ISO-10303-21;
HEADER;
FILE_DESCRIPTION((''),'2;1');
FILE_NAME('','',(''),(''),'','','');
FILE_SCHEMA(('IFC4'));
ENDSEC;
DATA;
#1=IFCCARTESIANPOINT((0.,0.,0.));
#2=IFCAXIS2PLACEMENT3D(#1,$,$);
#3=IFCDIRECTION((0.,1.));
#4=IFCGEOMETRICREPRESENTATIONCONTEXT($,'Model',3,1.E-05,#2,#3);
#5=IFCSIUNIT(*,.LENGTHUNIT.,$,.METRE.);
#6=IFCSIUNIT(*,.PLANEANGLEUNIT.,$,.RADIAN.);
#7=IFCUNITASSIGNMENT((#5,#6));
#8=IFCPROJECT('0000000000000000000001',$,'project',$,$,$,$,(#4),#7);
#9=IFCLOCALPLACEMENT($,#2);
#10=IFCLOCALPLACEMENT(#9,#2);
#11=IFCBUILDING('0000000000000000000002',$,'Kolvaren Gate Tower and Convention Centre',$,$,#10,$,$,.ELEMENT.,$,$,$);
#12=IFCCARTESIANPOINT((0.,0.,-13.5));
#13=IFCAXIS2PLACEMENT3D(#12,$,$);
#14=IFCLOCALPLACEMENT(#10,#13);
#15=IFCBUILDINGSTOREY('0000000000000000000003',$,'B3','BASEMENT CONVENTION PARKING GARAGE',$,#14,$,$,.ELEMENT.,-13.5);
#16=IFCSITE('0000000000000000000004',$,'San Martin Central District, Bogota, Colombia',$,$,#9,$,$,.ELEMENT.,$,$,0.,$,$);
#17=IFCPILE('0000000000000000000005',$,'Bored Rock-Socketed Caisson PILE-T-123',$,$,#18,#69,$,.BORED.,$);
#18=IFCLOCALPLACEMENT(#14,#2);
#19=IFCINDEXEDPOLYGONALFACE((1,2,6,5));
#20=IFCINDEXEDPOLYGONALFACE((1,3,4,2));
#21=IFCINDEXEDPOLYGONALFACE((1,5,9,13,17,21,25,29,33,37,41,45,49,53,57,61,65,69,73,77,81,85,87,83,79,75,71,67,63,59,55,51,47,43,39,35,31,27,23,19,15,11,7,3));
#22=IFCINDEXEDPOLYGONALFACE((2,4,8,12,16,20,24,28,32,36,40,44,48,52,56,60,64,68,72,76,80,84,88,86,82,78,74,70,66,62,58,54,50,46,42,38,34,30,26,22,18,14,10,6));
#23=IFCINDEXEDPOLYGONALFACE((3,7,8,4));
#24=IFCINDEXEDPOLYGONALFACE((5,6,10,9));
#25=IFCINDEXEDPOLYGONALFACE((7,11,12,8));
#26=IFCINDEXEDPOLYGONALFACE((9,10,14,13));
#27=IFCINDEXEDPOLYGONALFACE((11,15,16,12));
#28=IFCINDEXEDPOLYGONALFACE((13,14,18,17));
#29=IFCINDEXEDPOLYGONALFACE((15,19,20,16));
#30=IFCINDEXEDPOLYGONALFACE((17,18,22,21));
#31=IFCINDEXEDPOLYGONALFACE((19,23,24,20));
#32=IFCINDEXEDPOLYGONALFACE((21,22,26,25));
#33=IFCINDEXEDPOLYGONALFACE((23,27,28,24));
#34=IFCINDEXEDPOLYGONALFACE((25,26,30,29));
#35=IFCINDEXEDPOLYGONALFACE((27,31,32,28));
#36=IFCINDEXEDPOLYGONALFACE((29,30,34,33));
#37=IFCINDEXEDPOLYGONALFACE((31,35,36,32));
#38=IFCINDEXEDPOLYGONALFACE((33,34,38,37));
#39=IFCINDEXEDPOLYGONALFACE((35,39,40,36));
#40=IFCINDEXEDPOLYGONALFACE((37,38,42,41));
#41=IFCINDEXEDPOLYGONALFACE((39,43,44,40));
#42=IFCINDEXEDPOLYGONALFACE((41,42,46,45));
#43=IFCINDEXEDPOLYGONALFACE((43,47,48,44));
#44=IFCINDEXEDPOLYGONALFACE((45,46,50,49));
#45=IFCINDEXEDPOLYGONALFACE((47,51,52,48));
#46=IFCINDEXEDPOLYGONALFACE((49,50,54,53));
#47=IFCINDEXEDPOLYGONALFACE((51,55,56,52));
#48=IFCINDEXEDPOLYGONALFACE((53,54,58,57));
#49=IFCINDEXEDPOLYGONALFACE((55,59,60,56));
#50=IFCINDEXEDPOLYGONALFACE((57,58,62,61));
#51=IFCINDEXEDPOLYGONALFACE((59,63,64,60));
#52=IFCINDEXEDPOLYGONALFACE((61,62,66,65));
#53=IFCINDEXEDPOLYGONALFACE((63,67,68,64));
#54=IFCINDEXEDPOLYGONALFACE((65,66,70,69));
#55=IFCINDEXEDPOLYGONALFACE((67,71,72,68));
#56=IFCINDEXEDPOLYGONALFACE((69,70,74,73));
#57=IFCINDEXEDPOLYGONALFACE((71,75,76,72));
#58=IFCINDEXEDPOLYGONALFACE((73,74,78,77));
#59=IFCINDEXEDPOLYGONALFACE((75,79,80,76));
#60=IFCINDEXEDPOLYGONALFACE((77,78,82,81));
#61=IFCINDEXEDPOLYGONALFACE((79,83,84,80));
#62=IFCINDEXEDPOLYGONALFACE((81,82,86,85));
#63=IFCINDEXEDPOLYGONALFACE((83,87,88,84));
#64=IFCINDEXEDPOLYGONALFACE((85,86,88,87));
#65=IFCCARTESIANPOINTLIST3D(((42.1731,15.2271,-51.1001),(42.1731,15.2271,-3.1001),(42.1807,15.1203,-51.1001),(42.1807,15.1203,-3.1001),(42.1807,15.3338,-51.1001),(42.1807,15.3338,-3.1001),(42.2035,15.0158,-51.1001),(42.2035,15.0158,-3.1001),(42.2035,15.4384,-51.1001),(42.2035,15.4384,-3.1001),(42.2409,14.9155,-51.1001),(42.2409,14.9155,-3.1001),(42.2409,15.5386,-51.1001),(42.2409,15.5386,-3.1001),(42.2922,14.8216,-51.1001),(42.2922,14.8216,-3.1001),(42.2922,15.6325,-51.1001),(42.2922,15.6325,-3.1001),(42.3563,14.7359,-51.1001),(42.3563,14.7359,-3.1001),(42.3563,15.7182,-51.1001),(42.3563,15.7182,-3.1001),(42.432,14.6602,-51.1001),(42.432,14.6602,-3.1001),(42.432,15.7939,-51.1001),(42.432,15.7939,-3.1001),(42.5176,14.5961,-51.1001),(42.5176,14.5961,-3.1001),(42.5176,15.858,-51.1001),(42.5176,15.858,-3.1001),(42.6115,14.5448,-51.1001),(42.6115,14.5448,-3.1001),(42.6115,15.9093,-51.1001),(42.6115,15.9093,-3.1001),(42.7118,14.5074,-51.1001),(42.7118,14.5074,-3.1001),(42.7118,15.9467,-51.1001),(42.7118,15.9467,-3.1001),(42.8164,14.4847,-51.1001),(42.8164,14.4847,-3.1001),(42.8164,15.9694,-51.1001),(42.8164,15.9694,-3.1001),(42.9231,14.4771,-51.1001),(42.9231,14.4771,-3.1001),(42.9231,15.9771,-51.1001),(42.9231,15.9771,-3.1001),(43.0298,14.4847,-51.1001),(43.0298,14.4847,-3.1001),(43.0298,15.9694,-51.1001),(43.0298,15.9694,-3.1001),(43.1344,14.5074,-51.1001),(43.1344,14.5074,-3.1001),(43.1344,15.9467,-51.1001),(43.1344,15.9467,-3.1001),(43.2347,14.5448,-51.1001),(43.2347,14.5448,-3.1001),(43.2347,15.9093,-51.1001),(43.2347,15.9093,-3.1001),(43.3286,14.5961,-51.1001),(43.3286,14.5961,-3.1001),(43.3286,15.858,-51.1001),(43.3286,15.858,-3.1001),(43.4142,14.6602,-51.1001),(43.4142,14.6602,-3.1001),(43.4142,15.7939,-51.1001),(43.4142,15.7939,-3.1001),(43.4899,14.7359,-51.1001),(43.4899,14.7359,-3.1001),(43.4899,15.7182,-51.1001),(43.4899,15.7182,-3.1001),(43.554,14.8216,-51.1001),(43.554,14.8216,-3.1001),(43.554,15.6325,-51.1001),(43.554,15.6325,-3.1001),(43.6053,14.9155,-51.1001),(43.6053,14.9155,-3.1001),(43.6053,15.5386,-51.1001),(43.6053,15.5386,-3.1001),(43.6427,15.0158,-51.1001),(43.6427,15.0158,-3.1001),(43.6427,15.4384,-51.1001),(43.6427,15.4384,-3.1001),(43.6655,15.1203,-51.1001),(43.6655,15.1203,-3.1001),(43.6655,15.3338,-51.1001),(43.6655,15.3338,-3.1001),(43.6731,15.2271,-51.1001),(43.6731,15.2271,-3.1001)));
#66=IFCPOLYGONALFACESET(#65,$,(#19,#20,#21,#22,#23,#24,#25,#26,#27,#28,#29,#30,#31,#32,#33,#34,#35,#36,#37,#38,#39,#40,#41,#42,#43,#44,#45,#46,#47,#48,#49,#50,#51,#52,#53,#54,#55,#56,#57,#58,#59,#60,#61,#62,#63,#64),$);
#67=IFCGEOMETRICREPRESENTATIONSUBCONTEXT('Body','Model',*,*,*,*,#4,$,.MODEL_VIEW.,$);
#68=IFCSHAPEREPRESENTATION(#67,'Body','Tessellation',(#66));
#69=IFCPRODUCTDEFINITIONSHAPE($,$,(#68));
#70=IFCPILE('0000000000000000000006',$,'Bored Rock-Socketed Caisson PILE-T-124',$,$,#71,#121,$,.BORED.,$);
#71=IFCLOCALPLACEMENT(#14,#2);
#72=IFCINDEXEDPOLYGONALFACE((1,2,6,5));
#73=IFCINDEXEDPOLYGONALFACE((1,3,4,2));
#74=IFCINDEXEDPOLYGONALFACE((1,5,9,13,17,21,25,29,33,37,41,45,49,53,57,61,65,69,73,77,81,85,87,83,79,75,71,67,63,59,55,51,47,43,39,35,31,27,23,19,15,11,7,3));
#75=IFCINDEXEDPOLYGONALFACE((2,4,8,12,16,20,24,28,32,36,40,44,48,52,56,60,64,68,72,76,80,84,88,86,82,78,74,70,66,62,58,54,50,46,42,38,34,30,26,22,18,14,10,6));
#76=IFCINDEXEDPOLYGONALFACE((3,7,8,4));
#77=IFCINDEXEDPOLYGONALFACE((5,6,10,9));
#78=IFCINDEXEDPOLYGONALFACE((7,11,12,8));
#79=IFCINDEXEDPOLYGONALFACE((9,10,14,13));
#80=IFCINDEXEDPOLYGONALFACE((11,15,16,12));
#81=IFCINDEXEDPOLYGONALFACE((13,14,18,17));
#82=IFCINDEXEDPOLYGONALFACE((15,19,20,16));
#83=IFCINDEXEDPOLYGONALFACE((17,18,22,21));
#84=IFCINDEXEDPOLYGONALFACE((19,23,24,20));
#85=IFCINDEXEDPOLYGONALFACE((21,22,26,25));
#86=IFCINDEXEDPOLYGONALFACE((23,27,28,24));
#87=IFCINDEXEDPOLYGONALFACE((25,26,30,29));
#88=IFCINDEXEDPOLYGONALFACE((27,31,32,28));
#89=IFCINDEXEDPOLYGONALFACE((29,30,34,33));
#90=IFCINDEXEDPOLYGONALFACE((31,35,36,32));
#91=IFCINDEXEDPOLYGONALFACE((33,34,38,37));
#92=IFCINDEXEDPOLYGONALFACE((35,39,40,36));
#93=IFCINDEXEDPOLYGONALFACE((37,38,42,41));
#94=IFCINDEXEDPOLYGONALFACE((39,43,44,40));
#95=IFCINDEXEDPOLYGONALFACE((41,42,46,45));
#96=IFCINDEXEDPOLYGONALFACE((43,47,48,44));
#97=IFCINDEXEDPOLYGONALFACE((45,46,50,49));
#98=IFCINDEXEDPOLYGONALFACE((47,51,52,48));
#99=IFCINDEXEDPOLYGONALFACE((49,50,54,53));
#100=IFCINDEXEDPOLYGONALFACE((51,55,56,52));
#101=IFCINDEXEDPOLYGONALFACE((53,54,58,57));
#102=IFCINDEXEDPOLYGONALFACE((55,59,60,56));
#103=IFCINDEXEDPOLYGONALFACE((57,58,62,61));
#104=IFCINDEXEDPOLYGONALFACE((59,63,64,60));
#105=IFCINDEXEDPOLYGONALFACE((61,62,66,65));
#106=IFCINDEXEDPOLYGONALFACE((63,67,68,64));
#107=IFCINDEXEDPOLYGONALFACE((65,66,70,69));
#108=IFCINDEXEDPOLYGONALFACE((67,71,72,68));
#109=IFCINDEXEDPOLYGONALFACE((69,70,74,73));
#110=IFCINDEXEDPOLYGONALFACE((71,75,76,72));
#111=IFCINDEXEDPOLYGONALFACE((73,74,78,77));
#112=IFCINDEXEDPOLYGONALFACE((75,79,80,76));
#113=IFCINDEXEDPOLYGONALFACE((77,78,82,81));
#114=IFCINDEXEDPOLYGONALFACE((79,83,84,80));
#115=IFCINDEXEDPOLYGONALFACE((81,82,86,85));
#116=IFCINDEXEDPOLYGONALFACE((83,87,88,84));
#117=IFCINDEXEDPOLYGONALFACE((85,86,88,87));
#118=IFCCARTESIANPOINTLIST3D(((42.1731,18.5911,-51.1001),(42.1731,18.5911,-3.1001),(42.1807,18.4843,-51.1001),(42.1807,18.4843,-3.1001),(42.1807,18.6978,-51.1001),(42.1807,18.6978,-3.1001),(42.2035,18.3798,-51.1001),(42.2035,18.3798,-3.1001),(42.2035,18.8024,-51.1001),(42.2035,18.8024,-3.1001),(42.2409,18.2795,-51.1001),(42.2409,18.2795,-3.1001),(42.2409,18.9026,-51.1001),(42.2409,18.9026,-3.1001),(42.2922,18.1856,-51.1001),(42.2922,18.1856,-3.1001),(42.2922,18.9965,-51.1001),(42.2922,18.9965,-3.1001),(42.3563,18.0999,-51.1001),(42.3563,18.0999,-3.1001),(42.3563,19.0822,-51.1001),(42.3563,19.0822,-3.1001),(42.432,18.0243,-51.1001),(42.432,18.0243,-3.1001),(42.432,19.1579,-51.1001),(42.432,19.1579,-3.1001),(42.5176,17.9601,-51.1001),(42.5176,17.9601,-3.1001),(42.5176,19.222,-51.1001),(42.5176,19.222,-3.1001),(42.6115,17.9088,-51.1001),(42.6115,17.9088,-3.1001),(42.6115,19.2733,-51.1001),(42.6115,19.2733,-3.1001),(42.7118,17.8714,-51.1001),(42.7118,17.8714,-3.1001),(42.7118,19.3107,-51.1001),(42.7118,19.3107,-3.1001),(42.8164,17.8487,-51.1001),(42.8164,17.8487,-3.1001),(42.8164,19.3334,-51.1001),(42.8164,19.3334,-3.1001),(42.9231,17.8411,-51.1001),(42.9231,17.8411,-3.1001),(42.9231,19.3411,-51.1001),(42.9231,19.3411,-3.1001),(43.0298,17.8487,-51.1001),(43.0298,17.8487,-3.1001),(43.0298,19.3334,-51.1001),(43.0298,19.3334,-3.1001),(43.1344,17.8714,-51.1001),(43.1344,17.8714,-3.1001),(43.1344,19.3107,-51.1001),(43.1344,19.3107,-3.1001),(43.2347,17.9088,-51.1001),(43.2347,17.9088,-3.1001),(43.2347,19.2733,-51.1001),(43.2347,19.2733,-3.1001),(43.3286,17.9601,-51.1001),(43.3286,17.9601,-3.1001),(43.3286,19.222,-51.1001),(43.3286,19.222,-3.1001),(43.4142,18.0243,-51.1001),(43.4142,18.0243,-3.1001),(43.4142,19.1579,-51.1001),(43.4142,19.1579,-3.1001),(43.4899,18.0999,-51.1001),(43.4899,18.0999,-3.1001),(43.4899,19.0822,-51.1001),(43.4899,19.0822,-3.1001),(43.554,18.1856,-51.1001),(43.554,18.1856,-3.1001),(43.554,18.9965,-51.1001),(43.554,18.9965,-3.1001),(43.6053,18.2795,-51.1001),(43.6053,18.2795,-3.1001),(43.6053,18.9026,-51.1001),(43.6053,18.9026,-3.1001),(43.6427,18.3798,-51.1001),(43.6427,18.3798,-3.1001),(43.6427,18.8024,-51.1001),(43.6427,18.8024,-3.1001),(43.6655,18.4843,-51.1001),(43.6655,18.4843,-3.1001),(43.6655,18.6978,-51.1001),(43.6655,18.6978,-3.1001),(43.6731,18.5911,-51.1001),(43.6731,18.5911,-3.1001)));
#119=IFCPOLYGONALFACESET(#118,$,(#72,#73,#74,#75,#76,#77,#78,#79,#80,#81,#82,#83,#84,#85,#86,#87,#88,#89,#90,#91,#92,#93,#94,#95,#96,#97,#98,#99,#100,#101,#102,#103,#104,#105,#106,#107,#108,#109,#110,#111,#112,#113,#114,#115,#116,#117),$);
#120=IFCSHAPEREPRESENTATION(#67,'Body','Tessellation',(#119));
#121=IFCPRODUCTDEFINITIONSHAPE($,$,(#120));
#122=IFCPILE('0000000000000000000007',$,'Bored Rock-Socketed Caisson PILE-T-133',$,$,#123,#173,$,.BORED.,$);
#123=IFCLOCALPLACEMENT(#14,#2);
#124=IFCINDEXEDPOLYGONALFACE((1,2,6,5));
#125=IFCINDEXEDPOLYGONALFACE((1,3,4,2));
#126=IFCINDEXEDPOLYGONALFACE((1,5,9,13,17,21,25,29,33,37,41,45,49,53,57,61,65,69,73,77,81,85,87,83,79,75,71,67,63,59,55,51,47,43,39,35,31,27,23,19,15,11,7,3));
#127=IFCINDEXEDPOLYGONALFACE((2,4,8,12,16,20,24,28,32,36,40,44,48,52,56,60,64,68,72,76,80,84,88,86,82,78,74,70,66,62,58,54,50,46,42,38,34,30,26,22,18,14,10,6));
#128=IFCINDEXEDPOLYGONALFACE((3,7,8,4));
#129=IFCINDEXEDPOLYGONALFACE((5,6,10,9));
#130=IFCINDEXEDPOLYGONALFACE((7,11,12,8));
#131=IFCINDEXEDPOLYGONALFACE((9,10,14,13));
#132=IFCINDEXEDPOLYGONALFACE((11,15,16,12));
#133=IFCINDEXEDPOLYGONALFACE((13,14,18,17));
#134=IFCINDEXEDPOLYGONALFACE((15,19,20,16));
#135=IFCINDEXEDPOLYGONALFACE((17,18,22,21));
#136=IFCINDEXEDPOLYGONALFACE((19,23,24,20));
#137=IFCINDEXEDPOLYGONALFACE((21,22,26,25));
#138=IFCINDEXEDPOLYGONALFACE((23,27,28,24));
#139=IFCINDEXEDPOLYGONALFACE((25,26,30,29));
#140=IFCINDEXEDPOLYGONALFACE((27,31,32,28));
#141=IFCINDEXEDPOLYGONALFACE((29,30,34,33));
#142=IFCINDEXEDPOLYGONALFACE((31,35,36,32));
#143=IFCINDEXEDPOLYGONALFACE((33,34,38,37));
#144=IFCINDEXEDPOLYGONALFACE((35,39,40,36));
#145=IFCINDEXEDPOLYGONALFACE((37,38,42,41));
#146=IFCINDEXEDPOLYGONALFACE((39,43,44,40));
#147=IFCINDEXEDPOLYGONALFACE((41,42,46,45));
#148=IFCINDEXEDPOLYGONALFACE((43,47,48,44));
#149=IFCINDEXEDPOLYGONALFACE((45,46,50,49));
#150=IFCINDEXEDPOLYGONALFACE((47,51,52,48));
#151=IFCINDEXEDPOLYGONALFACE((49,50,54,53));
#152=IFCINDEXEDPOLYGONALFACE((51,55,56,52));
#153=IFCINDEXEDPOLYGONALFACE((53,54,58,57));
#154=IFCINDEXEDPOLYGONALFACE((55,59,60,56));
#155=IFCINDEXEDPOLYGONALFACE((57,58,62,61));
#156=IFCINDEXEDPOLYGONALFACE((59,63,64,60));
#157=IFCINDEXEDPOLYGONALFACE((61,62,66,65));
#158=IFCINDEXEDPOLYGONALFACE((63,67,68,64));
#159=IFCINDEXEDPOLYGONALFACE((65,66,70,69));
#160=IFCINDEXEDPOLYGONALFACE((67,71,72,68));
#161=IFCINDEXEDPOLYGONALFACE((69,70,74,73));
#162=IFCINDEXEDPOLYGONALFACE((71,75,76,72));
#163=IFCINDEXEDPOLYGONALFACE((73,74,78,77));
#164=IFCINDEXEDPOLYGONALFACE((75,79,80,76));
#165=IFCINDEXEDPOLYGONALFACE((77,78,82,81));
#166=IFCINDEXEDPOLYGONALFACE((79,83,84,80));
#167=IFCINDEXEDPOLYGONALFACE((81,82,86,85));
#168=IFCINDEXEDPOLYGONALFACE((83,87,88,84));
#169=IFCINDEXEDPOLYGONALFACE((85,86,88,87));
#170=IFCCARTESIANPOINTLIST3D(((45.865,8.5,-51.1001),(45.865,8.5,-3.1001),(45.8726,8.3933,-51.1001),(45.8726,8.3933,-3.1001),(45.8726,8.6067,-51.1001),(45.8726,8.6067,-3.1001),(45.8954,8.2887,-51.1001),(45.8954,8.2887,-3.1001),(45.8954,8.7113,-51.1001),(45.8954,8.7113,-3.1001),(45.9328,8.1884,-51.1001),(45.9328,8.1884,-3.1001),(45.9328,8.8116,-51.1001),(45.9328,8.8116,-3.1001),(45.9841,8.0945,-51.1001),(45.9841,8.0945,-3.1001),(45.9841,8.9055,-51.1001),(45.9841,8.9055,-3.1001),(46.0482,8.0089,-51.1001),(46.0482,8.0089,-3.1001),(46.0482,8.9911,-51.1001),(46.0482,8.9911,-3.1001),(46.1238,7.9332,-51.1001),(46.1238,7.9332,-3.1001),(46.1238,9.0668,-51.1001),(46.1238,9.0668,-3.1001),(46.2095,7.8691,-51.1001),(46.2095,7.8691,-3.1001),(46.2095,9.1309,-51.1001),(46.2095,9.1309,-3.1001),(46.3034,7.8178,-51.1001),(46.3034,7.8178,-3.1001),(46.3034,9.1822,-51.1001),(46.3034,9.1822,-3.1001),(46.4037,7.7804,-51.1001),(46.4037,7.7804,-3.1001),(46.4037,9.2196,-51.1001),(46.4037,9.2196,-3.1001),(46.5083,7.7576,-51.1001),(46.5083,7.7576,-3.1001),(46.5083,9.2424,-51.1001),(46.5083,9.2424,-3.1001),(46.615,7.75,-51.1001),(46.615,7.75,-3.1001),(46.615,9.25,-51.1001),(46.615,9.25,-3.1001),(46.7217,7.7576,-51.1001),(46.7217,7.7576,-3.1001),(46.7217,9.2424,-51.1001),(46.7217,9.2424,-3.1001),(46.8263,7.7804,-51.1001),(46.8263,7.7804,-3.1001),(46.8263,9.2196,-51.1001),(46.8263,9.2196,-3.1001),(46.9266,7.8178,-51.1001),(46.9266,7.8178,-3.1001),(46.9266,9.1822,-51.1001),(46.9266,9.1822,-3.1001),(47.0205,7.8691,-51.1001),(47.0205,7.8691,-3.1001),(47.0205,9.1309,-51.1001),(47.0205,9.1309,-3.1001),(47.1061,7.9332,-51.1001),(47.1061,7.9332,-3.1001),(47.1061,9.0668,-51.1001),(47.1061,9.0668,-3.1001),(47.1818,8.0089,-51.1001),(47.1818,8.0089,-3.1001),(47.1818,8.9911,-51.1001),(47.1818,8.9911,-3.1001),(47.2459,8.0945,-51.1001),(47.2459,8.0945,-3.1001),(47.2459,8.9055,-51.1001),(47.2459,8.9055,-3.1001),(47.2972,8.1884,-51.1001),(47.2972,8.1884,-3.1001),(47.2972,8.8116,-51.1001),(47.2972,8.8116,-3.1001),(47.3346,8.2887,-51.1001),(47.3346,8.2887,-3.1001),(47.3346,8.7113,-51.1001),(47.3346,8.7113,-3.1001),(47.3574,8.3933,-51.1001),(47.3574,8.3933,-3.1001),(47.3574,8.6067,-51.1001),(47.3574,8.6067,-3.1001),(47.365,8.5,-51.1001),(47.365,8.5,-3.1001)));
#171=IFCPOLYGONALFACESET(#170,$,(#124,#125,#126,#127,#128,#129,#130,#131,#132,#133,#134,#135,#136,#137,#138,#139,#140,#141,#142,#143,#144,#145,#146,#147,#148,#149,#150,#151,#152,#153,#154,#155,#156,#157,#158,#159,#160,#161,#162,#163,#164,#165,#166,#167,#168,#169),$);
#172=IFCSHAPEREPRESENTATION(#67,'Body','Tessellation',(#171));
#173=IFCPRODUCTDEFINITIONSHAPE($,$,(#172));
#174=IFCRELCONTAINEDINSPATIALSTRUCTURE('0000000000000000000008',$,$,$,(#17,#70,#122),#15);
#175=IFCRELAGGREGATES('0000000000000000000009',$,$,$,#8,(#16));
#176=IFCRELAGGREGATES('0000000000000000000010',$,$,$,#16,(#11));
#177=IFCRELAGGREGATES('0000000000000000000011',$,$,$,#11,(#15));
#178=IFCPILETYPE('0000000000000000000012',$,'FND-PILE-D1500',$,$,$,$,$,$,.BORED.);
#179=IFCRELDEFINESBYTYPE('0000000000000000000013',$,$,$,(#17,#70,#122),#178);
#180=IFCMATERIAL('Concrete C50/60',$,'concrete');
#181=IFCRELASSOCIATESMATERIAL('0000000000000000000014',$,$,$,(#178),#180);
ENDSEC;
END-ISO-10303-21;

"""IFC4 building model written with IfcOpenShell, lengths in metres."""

from ifc_helpers import new_model, si_unit, direction, frame, origin, origin_2d, place, context, subcontext, project, spatial, circle, extrude, material, material_profile, profile_set, type_object, element, save


model = new_model("IFC4")

# Units and contexts
model_context = context("Model", 3, precision=1e-05, world=origin(), true_north=direction((0.0, 1.0)))
body_context = subcontext(model_context, "Body", "Model", "MODEL_VIEW")
ifc_project = project(units=[si_unit("LENGTHUNIT", "METRE"), si_unit("PLANEANGLEUNIT", "RADIAN")], contexts=[model_context])

# Site, building, storey
site_placement = place(None, origin())
site = spatial("IfcSite", under=ifc_project, at=site_placement, Name="San Martin Central District, Bogota, Colombia", CompositionType="ELEMENT", RefElevation=0.0)
building_placement = place(site_placement, origin())
building = spatial("IfcBuilding", under=site, at=building_placement, Name="Kolvaren Gate Tower and Convention Centre", CompositionType="ELEMENT")
storey_placement = place(building_placement, frame((0.0, 0.0, -13.5)))
storey = spatial("IfcBuildingStorey", under=building, at=storey_placement, Name="B3", Description="BASEMENT CONVENTION PARKING GARAGE", CompositionType="ELEMENT", Elevation=-13.5)

# Shared definitions
ifc_material_1 = material(Name="Concrete C50/60", Category="concrete")

# Piles
ifc_material_profile_1 = material_profile(ifc_material_1, circle(Radius=0.75, at=origin_2d()), Name="CAISSON-D1500")
ifc_profile_set_1 = profile_set([ifc_material_profile_1], Name="Concrete C50/60")
pile_type = type_object("IfcPileType", Name="FND-PILE-D1500", PredefinedType="BORED", material=ifc_profile_set_1)
for number, where, z_axis, x_axis, name in (
    (1, (42.9231, 15.2271, -3.1001), (0.0, 0.0, -1.0), (1.0, 0.0, 0.0), "Bored Rock-Socketed Caisson PILE-T-123"),
    (2, (42.9231, 18.5911, -3.1001), (0.0, 0.0, -1.0), (1.0, 0.0, 0.0), "Bored Rock-Socketed Caisson PILE-T-124"),
    (3, (46.615, 8.5, -3.1001), (0.0, 0.0, -1.0), (1.0, 0.0, 0.0), "Bored Rock-Socketed Caisson PILE-T-133"),
):
    element("IfcPile", number, at=place(storey_placement, frame(where, z_axis=z_axis, x_axis=x_axis)), inside=storey, type_object=pile_type, Name=name, PredefinedType="BORED", context=body_context, shape_type="SweptSolid", body=[
        extrude(circle(Radius=0.75, at=origin_2d()), origin(), (0.0, 0.0, 1.0), 48.0),
    ])

save(model, "model.ifc")
